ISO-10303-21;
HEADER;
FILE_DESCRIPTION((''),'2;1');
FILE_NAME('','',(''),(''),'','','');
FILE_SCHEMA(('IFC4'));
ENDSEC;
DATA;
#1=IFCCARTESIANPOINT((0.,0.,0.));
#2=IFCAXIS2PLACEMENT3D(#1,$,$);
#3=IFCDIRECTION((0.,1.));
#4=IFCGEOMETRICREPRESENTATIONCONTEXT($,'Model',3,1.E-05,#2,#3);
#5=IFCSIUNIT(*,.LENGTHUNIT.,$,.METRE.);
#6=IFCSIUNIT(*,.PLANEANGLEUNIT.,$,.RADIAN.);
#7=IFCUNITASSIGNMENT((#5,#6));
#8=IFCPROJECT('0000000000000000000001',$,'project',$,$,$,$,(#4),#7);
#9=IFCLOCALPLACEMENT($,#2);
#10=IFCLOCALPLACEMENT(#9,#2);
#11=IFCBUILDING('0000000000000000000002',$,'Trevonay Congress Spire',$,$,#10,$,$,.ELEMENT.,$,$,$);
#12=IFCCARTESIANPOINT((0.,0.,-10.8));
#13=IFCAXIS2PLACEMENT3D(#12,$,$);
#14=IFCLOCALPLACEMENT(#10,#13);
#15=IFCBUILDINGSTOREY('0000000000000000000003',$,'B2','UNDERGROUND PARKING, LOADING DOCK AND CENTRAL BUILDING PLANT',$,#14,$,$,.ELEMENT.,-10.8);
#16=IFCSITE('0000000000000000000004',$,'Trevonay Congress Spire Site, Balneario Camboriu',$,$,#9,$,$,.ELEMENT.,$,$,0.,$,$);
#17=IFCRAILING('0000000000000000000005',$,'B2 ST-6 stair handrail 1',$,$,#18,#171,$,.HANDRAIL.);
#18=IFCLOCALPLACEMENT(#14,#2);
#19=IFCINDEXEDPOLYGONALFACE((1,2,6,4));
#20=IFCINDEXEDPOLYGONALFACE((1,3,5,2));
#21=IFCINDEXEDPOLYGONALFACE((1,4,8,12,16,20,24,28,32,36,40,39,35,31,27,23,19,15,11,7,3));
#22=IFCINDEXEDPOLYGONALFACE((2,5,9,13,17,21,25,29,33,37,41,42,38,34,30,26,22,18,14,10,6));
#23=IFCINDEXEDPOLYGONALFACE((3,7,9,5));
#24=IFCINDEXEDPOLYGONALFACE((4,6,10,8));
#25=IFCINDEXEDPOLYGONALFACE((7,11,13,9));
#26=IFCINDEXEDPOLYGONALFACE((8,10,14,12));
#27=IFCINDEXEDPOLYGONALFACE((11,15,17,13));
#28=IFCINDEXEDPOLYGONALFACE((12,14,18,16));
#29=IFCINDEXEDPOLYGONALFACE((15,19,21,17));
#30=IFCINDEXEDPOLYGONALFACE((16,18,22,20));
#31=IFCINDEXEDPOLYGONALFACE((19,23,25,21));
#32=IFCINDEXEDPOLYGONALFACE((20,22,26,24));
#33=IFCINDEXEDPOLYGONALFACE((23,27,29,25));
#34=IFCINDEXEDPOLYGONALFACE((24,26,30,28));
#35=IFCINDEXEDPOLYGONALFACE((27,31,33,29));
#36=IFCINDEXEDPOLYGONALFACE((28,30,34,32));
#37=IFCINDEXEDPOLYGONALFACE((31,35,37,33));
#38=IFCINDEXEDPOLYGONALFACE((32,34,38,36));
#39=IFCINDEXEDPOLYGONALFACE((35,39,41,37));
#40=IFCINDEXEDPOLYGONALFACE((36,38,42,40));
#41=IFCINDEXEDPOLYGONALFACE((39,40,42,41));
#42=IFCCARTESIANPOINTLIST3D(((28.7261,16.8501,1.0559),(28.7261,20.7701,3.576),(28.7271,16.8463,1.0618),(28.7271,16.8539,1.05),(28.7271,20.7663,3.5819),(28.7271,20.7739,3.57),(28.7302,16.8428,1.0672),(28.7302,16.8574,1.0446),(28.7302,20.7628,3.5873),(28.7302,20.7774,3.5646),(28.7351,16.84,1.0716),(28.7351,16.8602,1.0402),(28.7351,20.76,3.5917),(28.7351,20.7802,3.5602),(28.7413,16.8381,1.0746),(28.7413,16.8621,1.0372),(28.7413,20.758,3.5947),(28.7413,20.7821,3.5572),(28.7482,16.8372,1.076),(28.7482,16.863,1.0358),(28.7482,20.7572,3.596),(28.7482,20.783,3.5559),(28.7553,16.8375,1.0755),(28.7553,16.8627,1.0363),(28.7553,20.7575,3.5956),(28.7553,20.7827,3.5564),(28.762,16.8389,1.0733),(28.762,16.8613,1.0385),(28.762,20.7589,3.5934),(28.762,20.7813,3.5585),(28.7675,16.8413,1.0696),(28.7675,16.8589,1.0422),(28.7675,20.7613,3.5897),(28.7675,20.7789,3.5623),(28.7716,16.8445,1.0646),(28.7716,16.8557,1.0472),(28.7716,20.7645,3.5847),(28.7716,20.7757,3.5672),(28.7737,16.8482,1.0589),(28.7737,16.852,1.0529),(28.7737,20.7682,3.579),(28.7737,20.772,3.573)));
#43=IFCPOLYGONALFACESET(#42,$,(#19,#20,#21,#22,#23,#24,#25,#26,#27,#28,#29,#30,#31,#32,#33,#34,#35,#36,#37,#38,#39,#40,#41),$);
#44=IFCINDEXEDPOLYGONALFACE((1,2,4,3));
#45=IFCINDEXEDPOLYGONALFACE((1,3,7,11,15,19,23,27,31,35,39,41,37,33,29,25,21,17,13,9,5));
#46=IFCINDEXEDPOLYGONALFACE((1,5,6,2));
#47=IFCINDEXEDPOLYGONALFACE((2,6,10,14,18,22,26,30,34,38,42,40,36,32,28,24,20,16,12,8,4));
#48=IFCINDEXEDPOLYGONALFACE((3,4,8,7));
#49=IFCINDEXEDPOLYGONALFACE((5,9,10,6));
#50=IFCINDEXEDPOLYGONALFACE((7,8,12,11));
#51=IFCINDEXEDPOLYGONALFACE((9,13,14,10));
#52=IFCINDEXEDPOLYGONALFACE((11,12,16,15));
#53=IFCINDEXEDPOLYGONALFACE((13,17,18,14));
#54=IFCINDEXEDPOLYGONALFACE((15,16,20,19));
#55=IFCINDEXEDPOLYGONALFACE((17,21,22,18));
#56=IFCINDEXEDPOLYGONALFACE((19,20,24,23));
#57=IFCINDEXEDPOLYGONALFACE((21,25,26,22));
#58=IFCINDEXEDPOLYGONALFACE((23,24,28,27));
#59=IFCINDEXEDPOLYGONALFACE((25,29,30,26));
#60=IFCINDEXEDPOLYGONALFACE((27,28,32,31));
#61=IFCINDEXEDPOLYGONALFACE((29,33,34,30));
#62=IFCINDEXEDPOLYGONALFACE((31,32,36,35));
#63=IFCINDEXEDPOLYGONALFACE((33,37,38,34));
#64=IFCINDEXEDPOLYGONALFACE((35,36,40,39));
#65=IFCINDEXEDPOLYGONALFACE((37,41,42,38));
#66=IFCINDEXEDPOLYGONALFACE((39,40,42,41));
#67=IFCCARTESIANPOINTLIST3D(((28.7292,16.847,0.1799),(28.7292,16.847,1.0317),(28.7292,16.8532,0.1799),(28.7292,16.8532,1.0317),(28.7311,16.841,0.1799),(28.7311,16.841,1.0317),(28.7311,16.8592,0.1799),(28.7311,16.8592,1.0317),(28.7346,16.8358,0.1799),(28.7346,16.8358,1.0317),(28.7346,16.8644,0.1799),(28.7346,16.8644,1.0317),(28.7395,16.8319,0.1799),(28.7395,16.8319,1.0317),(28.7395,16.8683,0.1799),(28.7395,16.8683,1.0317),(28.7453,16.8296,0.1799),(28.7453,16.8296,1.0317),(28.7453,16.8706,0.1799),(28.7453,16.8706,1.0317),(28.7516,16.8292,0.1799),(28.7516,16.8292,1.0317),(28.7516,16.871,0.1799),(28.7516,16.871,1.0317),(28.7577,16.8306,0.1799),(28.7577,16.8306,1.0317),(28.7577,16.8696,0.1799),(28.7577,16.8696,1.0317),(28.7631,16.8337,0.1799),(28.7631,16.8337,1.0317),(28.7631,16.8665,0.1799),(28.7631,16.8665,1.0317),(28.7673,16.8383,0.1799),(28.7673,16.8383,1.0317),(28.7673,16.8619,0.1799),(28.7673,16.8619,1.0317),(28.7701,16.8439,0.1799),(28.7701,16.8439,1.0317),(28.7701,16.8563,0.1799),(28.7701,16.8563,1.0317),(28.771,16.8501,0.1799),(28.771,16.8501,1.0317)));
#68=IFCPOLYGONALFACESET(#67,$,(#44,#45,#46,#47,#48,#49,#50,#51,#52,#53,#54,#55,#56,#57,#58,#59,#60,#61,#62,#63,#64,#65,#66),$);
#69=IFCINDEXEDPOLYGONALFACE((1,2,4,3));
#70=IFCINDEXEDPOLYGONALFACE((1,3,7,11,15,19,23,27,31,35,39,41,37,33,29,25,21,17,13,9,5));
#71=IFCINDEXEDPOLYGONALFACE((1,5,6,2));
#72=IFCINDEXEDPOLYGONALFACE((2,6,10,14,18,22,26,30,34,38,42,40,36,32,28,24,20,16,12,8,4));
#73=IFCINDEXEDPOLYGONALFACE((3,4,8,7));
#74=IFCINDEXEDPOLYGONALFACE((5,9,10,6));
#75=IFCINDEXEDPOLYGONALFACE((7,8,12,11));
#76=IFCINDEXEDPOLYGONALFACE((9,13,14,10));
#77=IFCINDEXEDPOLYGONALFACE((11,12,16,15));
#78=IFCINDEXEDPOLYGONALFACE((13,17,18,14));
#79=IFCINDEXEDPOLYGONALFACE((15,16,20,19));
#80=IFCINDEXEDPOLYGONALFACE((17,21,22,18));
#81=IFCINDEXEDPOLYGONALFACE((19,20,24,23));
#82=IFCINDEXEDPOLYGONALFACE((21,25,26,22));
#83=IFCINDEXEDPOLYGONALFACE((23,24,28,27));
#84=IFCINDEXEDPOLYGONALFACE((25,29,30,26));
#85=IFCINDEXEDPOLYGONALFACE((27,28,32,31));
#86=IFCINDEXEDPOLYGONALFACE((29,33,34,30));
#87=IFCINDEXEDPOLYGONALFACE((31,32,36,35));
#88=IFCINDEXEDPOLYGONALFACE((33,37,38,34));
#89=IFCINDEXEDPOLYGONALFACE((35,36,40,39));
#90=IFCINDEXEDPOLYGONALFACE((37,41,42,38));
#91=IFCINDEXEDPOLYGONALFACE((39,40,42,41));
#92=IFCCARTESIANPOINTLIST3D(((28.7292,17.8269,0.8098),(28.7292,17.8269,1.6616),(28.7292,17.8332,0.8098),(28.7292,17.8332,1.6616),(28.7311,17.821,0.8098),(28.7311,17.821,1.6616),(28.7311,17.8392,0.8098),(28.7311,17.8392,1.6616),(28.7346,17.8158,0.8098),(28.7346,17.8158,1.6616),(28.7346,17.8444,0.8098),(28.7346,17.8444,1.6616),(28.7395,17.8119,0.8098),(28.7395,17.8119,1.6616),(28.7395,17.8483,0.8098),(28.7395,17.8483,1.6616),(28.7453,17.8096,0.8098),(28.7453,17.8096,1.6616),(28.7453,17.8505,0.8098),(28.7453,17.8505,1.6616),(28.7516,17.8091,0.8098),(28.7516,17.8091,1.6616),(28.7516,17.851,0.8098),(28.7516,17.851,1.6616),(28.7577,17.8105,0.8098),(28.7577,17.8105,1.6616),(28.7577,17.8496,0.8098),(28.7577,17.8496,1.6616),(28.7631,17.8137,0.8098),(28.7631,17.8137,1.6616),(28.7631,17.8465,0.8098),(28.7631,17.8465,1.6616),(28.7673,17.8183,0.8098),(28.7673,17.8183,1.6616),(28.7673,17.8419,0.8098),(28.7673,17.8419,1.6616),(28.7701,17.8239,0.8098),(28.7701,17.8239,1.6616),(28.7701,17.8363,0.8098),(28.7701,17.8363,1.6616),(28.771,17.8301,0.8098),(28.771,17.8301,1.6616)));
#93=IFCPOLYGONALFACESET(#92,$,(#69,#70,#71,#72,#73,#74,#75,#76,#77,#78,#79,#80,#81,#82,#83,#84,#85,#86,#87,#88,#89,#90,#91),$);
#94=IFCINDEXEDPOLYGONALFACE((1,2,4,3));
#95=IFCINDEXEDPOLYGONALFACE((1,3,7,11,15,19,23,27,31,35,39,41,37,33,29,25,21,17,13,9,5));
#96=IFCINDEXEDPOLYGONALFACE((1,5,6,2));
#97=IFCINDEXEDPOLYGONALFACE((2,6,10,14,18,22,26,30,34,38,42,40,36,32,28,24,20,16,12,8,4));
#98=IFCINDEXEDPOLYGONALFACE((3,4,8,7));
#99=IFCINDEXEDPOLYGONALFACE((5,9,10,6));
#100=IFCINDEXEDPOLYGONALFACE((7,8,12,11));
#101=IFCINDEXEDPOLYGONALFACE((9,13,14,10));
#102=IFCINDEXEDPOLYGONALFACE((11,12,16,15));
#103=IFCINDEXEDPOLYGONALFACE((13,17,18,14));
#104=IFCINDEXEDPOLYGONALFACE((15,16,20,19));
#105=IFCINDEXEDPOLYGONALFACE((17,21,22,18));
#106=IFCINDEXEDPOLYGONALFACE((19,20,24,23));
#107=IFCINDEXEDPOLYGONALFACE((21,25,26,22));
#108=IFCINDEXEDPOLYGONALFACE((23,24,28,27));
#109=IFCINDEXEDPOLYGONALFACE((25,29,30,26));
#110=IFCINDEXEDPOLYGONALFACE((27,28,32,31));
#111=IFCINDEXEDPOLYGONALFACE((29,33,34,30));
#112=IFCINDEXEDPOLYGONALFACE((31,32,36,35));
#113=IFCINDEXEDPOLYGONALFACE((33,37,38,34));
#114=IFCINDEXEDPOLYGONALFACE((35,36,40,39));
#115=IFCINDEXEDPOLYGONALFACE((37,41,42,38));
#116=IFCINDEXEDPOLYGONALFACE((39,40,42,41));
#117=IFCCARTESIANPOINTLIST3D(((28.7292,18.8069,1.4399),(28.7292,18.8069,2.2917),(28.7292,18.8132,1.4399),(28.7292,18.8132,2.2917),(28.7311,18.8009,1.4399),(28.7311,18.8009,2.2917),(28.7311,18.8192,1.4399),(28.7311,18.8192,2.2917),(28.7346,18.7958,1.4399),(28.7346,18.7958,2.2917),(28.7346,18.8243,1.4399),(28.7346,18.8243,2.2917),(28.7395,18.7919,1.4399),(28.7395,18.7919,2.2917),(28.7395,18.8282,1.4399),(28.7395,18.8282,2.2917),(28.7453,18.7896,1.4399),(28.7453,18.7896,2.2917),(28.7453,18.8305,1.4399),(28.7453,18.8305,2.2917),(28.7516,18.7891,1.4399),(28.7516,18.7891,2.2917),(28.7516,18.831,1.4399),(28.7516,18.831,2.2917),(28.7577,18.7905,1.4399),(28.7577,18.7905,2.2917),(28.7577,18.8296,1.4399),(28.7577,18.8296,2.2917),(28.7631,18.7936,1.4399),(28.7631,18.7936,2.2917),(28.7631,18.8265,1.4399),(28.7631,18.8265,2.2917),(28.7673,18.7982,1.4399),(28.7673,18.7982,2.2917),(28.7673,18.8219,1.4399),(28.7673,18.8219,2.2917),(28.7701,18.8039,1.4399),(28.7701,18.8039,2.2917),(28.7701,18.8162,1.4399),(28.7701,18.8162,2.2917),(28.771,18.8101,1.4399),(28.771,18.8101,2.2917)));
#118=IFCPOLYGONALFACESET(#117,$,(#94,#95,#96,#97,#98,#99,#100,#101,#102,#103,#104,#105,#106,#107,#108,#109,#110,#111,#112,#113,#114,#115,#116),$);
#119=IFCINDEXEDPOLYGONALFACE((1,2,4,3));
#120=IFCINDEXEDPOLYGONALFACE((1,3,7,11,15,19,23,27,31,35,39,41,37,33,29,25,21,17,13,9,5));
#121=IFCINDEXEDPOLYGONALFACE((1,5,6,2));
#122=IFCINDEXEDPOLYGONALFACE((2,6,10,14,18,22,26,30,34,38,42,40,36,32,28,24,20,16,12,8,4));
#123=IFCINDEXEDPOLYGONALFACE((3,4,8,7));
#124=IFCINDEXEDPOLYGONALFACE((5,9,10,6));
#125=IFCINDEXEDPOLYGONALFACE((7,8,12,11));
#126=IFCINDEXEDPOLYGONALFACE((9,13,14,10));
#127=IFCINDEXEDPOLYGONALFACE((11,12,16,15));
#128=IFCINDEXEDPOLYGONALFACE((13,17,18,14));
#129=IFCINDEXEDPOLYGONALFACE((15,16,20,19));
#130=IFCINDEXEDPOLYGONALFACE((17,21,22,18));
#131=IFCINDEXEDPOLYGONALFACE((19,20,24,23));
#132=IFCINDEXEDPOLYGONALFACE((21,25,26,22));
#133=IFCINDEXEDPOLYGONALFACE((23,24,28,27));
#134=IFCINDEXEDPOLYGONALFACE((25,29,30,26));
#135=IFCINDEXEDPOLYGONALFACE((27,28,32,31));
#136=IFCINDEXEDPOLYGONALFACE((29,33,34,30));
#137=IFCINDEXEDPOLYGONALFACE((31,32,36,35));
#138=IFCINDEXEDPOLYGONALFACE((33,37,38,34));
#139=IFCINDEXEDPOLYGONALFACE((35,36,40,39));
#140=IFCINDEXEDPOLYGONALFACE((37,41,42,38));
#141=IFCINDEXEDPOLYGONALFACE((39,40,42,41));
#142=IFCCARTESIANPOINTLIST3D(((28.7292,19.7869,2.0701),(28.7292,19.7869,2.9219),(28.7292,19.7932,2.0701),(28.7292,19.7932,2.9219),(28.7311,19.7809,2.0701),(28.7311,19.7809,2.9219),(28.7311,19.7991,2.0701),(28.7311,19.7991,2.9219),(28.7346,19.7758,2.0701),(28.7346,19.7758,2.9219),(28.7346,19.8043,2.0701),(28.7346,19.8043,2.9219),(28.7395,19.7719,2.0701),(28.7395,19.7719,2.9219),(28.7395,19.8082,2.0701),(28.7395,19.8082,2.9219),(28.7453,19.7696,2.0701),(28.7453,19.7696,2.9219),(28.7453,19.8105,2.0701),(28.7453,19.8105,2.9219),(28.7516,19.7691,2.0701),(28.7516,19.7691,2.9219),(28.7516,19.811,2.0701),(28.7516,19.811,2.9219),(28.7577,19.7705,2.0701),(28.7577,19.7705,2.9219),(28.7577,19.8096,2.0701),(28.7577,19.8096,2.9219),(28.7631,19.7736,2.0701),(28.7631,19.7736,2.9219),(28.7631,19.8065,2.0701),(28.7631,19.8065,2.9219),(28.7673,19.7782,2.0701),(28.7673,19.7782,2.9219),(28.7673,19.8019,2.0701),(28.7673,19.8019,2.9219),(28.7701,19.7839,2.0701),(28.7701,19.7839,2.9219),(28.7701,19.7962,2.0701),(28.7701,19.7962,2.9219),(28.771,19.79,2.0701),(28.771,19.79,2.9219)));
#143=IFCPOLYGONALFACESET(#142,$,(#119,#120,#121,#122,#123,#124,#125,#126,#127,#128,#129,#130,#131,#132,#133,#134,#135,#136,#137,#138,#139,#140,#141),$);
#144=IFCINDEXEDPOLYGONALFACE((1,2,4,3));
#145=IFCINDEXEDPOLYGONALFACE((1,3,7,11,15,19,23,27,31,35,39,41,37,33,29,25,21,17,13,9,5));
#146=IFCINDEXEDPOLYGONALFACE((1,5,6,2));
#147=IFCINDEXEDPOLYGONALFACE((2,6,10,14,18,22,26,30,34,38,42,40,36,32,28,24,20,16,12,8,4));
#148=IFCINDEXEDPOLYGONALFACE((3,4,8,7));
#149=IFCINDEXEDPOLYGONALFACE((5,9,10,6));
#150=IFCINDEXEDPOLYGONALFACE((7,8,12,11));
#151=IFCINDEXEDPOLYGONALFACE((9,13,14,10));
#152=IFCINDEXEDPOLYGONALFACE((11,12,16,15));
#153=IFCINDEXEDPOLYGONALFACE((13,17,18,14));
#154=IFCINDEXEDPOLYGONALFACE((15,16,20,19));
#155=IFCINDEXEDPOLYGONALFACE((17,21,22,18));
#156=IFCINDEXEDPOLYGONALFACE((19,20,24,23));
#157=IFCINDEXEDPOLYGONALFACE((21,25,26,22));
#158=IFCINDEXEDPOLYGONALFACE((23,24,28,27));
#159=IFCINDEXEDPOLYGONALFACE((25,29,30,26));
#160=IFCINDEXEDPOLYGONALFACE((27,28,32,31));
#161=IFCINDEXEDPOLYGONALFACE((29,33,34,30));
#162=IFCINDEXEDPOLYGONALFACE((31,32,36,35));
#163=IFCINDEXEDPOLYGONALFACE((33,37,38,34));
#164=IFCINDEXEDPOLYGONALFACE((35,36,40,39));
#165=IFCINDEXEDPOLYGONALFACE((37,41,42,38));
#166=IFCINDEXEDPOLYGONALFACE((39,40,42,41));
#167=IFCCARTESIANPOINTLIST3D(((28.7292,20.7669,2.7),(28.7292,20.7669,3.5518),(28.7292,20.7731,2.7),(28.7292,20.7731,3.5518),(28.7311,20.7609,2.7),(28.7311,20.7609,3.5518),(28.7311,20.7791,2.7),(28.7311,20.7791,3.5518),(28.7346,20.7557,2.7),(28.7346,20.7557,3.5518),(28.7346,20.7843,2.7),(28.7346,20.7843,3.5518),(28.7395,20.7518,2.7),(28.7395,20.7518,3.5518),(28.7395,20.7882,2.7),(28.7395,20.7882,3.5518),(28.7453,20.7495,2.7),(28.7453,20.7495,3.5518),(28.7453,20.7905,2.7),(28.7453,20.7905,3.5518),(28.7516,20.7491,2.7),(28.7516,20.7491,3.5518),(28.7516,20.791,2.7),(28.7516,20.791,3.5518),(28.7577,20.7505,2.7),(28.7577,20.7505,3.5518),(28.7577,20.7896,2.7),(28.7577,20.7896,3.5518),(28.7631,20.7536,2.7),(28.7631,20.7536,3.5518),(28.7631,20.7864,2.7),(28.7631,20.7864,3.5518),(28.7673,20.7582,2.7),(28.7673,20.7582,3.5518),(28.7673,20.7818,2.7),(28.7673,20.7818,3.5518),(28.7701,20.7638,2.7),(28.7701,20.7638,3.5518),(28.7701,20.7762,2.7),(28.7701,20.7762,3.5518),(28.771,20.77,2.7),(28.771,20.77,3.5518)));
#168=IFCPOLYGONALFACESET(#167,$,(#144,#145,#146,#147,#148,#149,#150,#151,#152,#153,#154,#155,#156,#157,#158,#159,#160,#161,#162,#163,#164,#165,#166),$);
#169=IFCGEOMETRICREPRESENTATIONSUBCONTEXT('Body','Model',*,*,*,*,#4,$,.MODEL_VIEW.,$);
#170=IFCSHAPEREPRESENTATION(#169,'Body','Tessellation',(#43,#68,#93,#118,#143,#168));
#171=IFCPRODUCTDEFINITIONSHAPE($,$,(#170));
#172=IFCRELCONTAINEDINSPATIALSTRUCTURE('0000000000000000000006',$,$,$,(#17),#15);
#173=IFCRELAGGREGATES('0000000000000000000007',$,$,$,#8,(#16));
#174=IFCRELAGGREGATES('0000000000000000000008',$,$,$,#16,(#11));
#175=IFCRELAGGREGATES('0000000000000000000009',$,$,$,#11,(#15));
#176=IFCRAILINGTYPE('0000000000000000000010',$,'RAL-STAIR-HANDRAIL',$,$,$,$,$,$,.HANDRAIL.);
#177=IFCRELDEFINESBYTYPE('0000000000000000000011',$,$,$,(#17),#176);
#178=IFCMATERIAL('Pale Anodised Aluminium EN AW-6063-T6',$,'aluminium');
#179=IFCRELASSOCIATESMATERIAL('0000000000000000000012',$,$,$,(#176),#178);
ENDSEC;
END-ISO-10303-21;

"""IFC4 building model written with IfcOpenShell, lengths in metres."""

from ifc_helpers import new_model, si_unit, direction, frame, origin, origin_2d, place, context, subcontext, project, spatial, circle, extrude, material, type_object, element, save


model = new_model("IFC4")

# Units and contexts
model_context = context("Model", 3, precision=1e-05, world=origin(), true_north=direction((0.0, 1.0)))
body_context = subcontext(model_context, "Body", "Model", "MODEL_VIEW")
ifc_project = project(units=[si_unit("LENGTHUNIT", "METRE"), si_unit("PLANEANGLEUNIT", "RADIAN")], contexts=[model_context])

# Site, building, storey
site_placement = place(None, origin())
site = spatial("IfcSite", under=ifc_project, at=site_placement, Name="Trevonay Congress Spire Site, Balneario Camboriu", CompositionType="ELEMENT", RefElevation=0.0)
building_placement = place(site_placement, origin())
building = spatial("IfcBuilding", under=site, at=building_placement, Name="Trevonay Congress Spire", CompositionType="ELEMENT")
storey_placement = place(building_placement, frame((0.0, 0.0, -10.8)))
storey = spatial("IfcBuildingStorey", under=building, at=storey_placement, Name="B2", Description="UNDERGROUND PARKING, LOADING DOCK AND CENTRAL BUILDING PLANT", CompositionType="ELEMENT", Elevation=-10.8)

# Railing
ifc_material_1 = material(Name="Pale Anodised Aluminium EN AW-6063-T6", Category="aluminium")
railing_type_1 = type_object("IfcRailingType", Name="RAL-STAIR-HANDRAIL", PredefinedType="HANDRAIL", material=ifc_material_1)
railing_1_placement = place(storey_placement, frame((28.75, 16.8501, 0.1799)))
element("IfcRailing", 1, at=railing_1_placement, inside=storey, type_object=railing_type_1, Name="B2 ST-6 stair handrail 1", PredefinedType="HANDRAIL", context=body_context, shape_type="SweptSolid", body=[
    extrude(circle(Radius=0.0239, at=origin_2d()), frame((0.0, 0.0, 0.876), z_axis=(0.0, 0.841172, 0.540768), x_axis=(-1.0, 0.0, 0.0)), (0.0, 0.0, 1.0), 4.6602),
    extrude(circle(Radius=0.021, at=origin_2d()), origin(), (0.0, 0.0, 1.0), 0.8518),
    extrude(circle(Radius=0.021, at=origin_2d()), frame((0.0, 0.98, 0.6299)), (0.0, 0.0, 1.0), 0.8518),
    extrude(circle(Radius=0.021, at=origin_2d()), frame((0.0, 1.96, 1.26)), (0.0, 0.0, 1.0), 0.8518),
    extrude(circle(Radius=0.021, at=origin_2d()), frame((0.0, 2.9399, 1.8901)), (0.0, 0.0, 1.0), 0.8518),
    extrude(circle(Radius=0.021, at=origin_2d()), frame((0.0, 3.9199, 2.52)), (0.0, 0.0, 1.0), 0.8518),
])

save(model, "model.ifc")
